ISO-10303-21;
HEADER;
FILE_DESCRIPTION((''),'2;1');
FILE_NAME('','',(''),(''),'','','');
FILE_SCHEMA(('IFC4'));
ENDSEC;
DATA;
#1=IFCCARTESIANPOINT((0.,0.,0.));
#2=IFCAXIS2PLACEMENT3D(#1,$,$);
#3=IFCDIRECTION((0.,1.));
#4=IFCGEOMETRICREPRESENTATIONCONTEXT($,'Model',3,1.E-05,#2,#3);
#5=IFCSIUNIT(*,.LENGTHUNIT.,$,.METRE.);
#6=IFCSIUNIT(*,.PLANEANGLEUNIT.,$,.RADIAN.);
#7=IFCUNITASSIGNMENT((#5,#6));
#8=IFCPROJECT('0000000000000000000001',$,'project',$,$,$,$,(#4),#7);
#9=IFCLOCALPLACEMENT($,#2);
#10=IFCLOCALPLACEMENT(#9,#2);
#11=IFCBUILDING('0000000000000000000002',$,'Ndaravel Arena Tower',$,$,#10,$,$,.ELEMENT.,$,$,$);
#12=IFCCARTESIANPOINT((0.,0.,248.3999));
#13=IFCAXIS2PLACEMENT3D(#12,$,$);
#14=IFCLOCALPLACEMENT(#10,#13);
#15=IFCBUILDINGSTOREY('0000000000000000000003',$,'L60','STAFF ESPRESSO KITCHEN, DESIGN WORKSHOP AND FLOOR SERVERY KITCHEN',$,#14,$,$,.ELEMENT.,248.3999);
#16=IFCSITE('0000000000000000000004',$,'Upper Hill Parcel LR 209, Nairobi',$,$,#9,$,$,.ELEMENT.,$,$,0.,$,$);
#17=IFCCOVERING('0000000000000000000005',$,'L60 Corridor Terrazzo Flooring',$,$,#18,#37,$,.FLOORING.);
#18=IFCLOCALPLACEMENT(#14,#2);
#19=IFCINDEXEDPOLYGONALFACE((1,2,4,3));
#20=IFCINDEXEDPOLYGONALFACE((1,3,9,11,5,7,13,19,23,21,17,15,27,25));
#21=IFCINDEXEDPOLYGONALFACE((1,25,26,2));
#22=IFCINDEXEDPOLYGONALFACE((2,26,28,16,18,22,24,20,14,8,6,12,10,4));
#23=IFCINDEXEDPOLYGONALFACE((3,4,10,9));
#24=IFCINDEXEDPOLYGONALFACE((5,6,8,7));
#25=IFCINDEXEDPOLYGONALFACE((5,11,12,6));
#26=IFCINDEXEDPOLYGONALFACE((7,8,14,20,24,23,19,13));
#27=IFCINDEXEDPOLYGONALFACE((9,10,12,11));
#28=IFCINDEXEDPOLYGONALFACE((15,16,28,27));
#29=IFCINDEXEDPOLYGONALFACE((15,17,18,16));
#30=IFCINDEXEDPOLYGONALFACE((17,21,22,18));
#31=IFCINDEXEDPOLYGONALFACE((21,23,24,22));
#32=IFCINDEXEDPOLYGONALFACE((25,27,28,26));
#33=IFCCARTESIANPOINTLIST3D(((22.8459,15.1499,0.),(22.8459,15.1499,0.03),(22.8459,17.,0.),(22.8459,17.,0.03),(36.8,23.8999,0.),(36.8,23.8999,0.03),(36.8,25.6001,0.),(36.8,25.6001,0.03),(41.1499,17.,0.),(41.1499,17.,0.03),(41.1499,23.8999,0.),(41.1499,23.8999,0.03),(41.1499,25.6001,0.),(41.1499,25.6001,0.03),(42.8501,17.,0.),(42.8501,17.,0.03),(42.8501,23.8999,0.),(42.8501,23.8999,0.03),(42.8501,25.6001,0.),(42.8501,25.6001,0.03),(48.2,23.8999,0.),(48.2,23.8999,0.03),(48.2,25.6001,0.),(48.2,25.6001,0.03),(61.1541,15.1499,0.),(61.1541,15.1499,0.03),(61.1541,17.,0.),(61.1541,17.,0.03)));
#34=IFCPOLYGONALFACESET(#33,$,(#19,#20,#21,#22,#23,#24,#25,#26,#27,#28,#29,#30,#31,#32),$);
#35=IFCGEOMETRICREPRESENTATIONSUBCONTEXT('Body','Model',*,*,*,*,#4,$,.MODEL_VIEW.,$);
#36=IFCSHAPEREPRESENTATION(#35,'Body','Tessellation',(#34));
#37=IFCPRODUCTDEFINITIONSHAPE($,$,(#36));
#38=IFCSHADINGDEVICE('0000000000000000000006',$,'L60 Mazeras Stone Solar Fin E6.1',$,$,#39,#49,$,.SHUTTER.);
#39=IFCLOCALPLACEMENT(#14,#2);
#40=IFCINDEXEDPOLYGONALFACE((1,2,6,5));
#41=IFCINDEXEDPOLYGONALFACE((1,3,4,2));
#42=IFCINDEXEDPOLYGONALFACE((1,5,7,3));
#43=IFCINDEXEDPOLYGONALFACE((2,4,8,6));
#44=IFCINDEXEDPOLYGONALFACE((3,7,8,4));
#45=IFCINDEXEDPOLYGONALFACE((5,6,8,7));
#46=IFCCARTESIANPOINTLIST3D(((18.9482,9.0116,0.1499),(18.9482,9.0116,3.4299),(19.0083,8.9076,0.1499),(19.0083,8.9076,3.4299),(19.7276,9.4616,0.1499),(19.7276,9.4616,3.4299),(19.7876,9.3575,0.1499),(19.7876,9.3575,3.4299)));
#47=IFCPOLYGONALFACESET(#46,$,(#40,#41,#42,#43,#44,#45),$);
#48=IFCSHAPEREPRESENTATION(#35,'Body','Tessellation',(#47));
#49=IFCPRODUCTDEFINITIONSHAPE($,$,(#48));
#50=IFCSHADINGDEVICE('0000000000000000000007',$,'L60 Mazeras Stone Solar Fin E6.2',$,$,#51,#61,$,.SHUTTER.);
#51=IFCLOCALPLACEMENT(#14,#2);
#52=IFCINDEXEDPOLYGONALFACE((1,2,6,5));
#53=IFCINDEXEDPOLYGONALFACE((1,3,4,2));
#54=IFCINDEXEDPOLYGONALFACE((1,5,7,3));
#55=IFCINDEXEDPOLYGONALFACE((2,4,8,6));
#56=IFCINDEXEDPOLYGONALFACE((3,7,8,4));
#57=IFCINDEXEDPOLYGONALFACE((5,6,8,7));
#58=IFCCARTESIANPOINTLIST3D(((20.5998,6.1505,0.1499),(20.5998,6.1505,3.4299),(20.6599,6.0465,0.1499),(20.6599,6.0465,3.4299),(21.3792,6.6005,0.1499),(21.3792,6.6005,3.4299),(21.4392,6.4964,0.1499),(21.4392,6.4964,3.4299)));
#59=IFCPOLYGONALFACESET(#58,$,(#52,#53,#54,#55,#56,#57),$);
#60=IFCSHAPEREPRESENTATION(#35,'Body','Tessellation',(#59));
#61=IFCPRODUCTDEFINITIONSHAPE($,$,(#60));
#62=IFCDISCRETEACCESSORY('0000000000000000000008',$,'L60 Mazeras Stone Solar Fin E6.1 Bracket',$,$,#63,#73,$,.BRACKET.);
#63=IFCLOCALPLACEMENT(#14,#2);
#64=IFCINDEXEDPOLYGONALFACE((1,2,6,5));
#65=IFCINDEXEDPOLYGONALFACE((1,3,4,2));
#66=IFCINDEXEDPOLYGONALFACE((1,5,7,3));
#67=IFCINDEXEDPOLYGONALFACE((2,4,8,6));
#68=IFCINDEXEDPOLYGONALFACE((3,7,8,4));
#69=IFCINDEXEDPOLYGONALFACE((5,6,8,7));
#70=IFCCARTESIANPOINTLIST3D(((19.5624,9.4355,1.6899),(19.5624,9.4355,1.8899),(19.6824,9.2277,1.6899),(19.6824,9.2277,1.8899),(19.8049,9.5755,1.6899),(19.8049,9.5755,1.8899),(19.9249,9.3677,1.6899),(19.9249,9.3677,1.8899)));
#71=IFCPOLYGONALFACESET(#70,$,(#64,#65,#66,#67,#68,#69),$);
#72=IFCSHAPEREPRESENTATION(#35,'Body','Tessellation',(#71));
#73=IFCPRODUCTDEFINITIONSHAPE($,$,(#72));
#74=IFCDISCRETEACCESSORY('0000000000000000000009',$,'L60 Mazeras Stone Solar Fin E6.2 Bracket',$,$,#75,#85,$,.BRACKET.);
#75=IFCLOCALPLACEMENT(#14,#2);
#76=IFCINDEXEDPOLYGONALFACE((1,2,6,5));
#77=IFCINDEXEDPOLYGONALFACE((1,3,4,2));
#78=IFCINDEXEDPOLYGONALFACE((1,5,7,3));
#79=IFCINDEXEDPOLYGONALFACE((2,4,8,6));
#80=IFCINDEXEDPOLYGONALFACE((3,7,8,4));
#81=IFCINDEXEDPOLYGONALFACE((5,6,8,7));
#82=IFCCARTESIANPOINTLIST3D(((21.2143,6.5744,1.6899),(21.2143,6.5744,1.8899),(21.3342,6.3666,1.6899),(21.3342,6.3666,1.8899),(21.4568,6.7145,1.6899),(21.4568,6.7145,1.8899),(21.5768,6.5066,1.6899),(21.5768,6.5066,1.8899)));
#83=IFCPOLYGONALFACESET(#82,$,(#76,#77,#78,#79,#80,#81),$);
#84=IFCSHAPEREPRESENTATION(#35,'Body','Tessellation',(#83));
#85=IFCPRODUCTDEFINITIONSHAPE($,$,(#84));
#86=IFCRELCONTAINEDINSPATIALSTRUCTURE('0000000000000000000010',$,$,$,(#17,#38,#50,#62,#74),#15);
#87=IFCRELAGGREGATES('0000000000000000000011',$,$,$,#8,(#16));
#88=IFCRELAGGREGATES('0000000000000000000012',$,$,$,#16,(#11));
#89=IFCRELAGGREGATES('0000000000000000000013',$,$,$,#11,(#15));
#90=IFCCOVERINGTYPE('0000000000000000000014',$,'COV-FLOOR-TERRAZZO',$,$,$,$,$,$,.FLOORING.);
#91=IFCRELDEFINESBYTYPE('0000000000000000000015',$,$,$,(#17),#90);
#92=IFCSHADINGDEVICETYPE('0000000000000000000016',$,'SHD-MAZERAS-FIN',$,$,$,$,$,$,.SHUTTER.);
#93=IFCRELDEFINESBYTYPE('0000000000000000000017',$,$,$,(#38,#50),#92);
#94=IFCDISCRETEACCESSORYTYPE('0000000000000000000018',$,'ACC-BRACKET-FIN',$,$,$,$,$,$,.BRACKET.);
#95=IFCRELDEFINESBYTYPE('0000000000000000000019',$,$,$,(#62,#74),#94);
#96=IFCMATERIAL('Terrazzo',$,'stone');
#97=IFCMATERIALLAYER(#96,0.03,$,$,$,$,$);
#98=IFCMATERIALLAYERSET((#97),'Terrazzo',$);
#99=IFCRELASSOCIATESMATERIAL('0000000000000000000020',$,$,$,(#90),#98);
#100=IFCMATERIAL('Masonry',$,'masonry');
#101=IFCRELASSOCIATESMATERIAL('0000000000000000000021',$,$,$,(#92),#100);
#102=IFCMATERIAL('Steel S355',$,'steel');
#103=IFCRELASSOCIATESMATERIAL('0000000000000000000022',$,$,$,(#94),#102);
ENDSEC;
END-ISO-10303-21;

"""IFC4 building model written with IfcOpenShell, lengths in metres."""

from ifc_helpers import new_model, si_unit, direction, frame, origin, origin_2d, place, context, subcontext, project, spatial, polyline, rectangle, outline, extrude, material, layer, layer_set, type_object, element, save


model = new_model("IFC4")

# Units and contexts
model_context = context("Model", 3, precision=1e-05, world=origin(), true_north=direction((0.0, 1.0)))
body_context = subcontext(model_context, "Body", "Model", "MODEL_VIEW")
ifc_project = project(units=[si_unit("LENGTHUNIT", "METRE"), si_unit("PLANEANGLEUNIT", "RADIAN")], contexts=[model_context])

# Site, building, storey
site_placement = place(None, origin())
site = spatial("IfcSite", under=ifc_project, at=site_placement, Name="Upper Hill Parcel LR 209, Nairobi", CompositionType="ELEMENT", RefElevation=0.0)
building_placement = place(site_placement, origin())
building = spatial("IfcBuilding", under=site, at=building_placement, Name="Ndaravel Arena Tower", CompositionType="ELEMENT")
storey_placement = place(building_placement, frame((0.0, 0.0, 248.3999)))
storey = spatial("IfcBuildingStorey", under=building, at=storey_placement, Name="L60", Description="STAFF ESPRESSO KITCHEN, DESIGN WORKSHOP AND FLOOR SERVERY KITCHEN", CompositionType="ELEMENT", Elevation=248.3999)

# Covering
ifc_material_1 = material(Name="Terrazzo", Category="stone")
ifc_layer_1 = layer(ifc_material_1, 0.03)
ifc_layer_set_1 = layer_set([ifc_layer_1], Name="Terrazzo")
covering_type_1 = type_object("IfcCoveringType", Name="COV-FLOOR-TERRAZZO", PredefinedType="FLOORING", material=ifc_layer_set_1)
covering_1_placement = place(storey_placement, origin())
element("IfcCovering", 1, at=covering_1_placement, inside=storey, type_object=covering_type_1, Name="L60 Corridor Terrazzo Flooring", PredefinedType="FLOORING", context=body_context, shape_type="SweptSolid", body=[
    extrude(outline(polyline([(61.1541, 17.0), (42.8501, 17.0), (42.8501, 23.8999), (48.2, 23.8999), (48.2, 25.6001), (42.8501, 25.6001), (41.1499, 25.6001), (36.8, 25.6001), (36.8, 23.8999), (41.1499, 23.8999), (41.1499, 17.0), (22.8459, 17.0), (22.8459, 15.1499), (61.1541, 15.1499), (61.1541, 17.0)])), origin(), (0.0, 0.0, 1.0), 0.03),
])

# Shading devices
ifc_material_2 = material(Name="Masonry", Category="masonry")
shading_device_type = type_object("IfcShadingDeviceType", Name="SHD-MAZERAS-FIN", PredefinedType="SHUTTER", material=ifc_material_2)
for number, where, z_axis, x_axis, name in (
    (2, (19.3679, 9.1846, 0.1499), (0.0, 0.0, 1.0), (-0.866025, -0.5, 0.0), "L60 Mazeras Stone Solar Fin E6.1"),
    (3, (21.0195, 6.3235, 0.1499), (0.0, 0.0, 1.0), (-0.866025, -0.5, 0.0), "L60 Mazeras Stone Solar Fin E6.2"),
):
    element("IfcShadingDevice", number, at=place(storey_placement, frame(where, z_axis=z_axis, x_axis=x_axis)), inside=storey, type_object=shading_device_type, Name=name, PredefinedType="SHUTTER", context=body_context, shape_type="SweptSolid", body=[
        extrude(rectangle(XDim=0.8999, YDim=0.1201, at=origin_2d()), origin(), (0.0, 0.0, 1.0), 3.28),
    ])

# Discrete accessories
ifc_material_3 = material(Name="Steel S355", Category="steel")
discrete_accessory_type = type_object("IfcDiscreteAccessoryType", Name="ACC-BRACKET-FIN", PredefinedType="BRACKET", material=ifc_material_3)
for number, where, z_axis, x_axis, name in (
    (4, (19.7437, 9.4016, 1.6899), (0.0, 0.0, 1.0), (-0.866025, -0.5, 0.0), "L60 Mazeras Stone Solar Fin E6.1 Bracket"),
    (5, (21.3955, 6.5405, 1.6899), (0.0, 0.0, 1.0), (-0.866025, -0.5, 0.0), "L60 Mazeras Stone Solar Fin E6.2 Bracket"),
):
    element("IfcDiscreteAccessory", number, at=place(storey_placement, frame(where, z_axis=z_axis, x_axis=x_axis)), inside=storey, type_object=discrete_accessory_type, Name=name, PredefinedType="BRACKET", context=body_context, shape_type="SweptSolid", body=[
        extrude(rectangle(XDim=0.28, YDim=0.24, at=origin_2d()), origin(), (0.0, 0.0, 1.0), 0.2),
    ])

save(model, "model.ifc")
